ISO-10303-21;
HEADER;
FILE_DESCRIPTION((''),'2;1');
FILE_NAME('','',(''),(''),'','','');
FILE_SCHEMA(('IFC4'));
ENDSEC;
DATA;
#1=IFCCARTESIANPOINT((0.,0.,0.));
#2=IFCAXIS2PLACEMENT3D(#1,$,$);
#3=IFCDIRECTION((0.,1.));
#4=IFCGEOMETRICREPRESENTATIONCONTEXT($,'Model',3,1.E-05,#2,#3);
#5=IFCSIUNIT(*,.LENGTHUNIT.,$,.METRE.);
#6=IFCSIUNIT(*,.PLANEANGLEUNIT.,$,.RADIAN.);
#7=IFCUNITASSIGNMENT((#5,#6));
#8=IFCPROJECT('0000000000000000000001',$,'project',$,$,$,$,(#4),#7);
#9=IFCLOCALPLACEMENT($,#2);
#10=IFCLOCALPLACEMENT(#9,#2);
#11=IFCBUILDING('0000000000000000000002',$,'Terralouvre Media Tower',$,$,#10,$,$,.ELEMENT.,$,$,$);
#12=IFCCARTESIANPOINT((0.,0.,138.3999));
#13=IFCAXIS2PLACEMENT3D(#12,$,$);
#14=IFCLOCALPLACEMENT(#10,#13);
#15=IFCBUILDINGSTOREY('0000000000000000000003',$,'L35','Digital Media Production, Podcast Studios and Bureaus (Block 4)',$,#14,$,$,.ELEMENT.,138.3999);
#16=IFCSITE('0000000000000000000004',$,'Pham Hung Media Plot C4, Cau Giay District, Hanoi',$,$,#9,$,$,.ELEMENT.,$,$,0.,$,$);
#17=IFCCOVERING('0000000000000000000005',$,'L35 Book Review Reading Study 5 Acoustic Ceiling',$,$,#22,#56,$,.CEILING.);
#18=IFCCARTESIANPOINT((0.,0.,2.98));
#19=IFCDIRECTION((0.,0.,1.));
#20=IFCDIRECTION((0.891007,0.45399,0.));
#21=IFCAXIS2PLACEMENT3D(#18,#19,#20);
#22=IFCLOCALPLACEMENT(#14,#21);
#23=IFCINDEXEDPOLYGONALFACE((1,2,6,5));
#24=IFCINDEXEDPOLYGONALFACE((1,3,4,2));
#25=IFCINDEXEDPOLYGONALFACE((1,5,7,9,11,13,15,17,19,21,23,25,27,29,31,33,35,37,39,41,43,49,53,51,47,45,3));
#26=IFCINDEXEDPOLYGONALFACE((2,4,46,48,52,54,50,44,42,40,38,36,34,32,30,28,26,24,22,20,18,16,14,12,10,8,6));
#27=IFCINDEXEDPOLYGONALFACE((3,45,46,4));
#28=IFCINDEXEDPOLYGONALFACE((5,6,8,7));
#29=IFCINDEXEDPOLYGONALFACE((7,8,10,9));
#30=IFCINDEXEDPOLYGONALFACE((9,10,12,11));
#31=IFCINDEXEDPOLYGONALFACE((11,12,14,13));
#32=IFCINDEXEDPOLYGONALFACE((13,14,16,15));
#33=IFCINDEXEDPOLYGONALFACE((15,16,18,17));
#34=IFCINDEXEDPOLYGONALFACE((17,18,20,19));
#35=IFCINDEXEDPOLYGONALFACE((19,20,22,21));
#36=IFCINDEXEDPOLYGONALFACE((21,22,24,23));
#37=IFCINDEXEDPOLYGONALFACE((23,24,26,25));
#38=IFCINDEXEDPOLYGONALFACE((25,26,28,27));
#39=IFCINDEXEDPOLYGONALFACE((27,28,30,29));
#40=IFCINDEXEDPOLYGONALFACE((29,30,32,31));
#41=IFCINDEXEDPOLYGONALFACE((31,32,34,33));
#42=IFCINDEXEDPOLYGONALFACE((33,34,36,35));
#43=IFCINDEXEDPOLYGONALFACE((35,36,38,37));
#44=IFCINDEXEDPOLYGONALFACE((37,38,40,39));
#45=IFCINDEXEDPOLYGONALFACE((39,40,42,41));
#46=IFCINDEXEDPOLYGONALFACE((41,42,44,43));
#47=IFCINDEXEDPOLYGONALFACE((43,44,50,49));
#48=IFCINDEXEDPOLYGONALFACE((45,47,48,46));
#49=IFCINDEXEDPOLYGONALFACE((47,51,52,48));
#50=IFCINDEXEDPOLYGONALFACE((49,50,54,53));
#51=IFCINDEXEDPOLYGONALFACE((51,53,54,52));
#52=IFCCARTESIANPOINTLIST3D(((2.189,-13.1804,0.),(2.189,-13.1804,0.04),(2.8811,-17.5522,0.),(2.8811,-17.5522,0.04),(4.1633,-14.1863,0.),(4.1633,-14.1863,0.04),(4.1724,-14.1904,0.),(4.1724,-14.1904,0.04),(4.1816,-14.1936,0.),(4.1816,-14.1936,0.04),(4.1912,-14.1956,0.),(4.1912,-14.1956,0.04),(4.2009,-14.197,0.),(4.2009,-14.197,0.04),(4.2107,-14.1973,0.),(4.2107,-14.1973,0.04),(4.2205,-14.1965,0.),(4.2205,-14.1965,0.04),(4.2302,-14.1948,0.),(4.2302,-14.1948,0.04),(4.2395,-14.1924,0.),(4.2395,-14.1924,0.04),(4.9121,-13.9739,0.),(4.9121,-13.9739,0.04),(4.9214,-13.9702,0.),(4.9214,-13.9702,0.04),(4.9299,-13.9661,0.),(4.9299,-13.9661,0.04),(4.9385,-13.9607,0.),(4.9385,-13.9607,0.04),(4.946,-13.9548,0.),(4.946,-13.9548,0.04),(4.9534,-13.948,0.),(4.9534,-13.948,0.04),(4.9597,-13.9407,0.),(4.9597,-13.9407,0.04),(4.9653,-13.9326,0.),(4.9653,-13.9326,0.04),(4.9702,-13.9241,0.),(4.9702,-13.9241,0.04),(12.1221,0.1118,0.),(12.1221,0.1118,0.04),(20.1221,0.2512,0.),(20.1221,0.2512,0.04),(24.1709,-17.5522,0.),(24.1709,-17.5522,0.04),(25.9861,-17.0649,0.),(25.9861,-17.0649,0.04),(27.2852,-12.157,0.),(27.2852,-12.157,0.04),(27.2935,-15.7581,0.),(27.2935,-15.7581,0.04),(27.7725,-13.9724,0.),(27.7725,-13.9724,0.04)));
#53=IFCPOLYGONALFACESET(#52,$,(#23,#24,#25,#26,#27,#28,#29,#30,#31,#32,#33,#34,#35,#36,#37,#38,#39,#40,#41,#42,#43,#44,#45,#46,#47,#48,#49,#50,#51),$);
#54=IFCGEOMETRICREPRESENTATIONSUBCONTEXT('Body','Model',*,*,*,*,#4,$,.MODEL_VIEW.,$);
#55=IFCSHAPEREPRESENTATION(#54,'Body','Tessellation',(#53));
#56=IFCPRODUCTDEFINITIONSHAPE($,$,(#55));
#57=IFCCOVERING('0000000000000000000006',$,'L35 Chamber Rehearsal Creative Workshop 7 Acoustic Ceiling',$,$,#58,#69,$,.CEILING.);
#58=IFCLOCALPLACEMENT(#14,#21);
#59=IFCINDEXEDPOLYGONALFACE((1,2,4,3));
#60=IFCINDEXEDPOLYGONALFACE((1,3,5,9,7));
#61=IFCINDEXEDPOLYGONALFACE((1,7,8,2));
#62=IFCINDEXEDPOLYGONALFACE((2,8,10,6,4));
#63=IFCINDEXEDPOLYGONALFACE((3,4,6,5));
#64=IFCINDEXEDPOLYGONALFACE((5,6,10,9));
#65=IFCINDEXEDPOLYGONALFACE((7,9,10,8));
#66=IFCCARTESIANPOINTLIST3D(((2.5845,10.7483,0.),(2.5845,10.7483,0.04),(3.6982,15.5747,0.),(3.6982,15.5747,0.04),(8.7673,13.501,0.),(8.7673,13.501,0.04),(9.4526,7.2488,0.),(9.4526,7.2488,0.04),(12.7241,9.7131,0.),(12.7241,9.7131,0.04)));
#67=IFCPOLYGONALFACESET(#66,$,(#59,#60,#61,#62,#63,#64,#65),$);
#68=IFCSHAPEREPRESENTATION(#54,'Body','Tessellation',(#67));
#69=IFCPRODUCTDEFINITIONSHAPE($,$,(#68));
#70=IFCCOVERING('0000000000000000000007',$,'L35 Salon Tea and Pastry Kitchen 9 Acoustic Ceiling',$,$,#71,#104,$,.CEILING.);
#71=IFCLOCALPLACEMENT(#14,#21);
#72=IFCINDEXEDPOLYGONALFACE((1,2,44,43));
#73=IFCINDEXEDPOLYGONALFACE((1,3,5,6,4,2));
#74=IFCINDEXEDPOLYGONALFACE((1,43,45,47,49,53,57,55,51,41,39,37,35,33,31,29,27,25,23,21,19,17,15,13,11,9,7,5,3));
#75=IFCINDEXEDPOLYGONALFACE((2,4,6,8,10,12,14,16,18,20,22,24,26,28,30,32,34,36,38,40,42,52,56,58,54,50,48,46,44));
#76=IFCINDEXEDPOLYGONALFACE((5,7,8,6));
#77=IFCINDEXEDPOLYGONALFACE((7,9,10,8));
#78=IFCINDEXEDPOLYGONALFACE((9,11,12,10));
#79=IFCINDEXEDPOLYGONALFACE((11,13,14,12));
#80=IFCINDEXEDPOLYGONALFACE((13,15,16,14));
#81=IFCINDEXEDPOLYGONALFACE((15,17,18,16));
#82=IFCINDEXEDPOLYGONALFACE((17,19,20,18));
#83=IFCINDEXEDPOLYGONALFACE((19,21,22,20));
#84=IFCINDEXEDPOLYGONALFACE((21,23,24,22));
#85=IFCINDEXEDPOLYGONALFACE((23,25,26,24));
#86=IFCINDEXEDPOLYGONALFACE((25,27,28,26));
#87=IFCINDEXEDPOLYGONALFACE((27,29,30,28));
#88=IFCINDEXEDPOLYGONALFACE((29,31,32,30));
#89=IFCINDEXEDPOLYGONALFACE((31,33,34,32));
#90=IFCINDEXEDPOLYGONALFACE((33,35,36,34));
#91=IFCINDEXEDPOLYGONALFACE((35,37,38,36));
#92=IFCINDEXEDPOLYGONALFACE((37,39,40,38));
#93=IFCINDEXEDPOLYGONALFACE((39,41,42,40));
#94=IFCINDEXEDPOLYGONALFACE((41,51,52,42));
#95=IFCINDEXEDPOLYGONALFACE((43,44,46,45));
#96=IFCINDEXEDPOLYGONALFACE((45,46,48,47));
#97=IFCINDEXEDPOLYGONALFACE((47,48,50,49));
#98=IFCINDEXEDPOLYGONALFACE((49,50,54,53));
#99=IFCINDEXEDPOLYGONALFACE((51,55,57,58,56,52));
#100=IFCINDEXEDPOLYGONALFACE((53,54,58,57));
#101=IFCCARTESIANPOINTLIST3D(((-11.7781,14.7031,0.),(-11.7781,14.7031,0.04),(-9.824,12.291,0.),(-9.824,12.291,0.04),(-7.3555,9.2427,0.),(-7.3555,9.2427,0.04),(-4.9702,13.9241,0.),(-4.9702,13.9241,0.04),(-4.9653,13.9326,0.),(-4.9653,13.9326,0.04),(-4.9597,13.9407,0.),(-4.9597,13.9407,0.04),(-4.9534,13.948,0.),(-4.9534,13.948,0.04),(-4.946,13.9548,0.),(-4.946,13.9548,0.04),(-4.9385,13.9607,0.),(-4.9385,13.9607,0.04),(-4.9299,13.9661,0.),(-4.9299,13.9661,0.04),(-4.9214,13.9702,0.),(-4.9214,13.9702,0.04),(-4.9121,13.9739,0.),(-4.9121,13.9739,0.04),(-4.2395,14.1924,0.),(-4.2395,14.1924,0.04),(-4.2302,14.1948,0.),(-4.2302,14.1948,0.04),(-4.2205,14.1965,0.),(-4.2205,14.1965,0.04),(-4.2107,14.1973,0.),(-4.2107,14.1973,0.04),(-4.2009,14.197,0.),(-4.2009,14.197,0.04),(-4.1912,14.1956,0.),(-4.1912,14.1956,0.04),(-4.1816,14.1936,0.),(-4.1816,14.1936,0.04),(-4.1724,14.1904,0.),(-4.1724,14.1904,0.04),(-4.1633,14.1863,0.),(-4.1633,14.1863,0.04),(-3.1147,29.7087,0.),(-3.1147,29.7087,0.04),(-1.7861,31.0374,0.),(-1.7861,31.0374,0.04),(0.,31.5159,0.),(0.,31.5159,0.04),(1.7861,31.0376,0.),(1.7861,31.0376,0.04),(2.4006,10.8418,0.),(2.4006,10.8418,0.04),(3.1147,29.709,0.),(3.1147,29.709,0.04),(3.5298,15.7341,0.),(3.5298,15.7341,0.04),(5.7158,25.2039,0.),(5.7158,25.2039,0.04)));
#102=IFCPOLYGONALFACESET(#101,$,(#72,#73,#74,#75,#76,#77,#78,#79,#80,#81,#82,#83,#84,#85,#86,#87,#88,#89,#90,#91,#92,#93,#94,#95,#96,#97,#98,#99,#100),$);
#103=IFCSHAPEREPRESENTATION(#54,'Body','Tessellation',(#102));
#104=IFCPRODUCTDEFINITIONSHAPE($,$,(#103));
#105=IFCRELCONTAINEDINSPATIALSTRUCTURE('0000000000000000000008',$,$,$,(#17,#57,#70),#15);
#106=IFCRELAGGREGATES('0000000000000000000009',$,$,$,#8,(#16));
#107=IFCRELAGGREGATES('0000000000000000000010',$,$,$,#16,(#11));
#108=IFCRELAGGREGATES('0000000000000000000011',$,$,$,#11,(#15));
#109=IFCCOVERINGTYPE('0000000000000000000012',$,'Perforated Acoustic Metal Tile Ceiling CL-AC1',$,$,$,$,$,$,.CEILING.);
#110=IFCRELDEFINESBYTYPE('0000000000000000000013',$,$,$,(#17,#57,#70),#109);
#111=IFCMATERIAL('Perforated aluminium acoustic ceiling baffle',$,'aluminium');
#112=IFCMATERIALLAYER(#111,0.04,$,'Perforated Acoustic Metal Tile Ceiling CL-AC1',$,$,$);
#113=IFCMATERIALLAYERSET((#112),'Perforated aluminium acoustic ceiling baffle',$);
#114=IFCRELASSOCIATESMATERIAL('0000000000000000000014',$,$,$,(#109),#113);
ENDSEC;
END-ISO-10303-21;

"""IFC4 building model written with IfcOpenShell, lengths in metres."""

from ifc_helpers import new_model, si_unit, direction, frame, origin, place, context, subcontext, project, spatial, polyline, outline, extrude, material, layer, layer_set, type_object, element, save


model = new_model("IFC4")

# Units and contexts
model_context = context("Model", 3, precision=1e-05, world=origin(), true_north=direction((0.0, 1.0)))
body_context = subcontext(model_context, "Body", "Model", "MODEL_VIEW")
ifc_project = project(units=[si_unit("LENGTHUNIT", "METRE"), si_unit("PLANEANGLEUNIT", "RADIAN")], contexts=[model_context])

# Site, building, storey
site_placement = place(None, origin())
site = spatial("IfcSite", under=ifc_project, at=site_placement, Name="Pham Hung Media Plot C4, Cau Giay District, Hanoi", CompositionType="ELEMENT", RefElevation=0.0)
building_placement = place(site_placement, origin())
building = spatial("IfcBuilding", under=site, at=building_placement, Name="Terralouvre Media Tower", CompositionType="ELEMENT")
storey_placement = place(building_placement, frame((0.0, 0.0, 138.3999)))
storey = spatial("IfcBuildingStorey", under=building, at=storey_placement, Name="L35", Description="Digital Media Production, Podcast Studios and Bureaus (Block 4)", CompositionType="ELEMENT", Elevation=138.3999)

# Coverings
ifc_material_1 = material(Name="Perforated aluminium acoustic ceiling baffle", Category="aluminium")
ifc_layer_1 = layer(ifc_material_1, 0.04, Name="Perforated Acoustic Metal Tile Ceiling CL-AC1")
ifc_layer_set_1 = layer_set([ifc_layer_1], Name="Perforated aluminium acoustic ceiling baffle")
covering_type_1 = type_object("IfcCoveringType", Name="Perforated Acoustic Metal Tile Ceiling CL-AC1", PredefinedType="CEILING", material=ifc_layer_set_1)
covering_1_placement = place(storey_placement, frame((0.0, 0.0, 2.98), z_axis=(0.0, 0.0, 1.0), x_axis=(0.891007, 0.45399, 0.0)))
element("IfcCovering", 1, at=covering_1_placement, inside=storey, type_object=covering_type_1, Name="L35 Book Review Reading Study 5 Acoustic Ceiling", PredefinedType="CEILING", context=body_context, shape_type="SweptSolid", body=[
    extrude(outline(polyline([(4.9702, -13.9241), (4.9653, -13.9326), (4.9597, -13.9407), (4.9534, -13.948), (4.946, -13.9548), (4.9385, -13.9607), (4.9299, -13.9661), (4.9214, -13.9702), (4.9121, -13.9739), (4.2395, -14.1924), (4.2302, -14.1948), (4.2205, -14.1965), (4.2107, -14.1973), (4.2009, -14.197), (4.1912, -14.1956), (4.1816, -14.1936), (4.1724, -14.1904), (4.1633, -14.1863), (2.189, -13.1804), (2.8811, -17.5522), (24.1709, -17.5522), (25.9861, -17.0649), (27.2935, -15.7581), (27.7725, -13.9724), (27.2852, -12.157), (20.1221, 0.2512), (12.1221, 0.1118), (4.9702, -13.9241)])), origin(), (0.0, 0.0, 1.0), 0.04),
])
covering_2_placement = place(storey_placement, frame((0.0, 0.0, 2.98), z_axis=(0.0, 0.0, 1.0), x_axis=(0.891007, 0.45399, 0.0)))
element("IfcCovering", 2, at=covering_2_placement, inside=storey, type_object=covering_type_1, Name="L35 Chamber Rehearsal Creative Workshop 7 Acoustic Ceiling", PredefinedType="CEILING", context=body_context, shape_type="SweptSolid", body=[
    extrude(outline(polyline([(8.7673, 13.501), (3.6982, 15.5747), (2.5845, 10.7483), (9.4526, 7.2488), (12.7241, 9.7131), (8.7673, 13.501)])), origin(), (0.0, 0.0, 1.0), 0.04),
])
covering_3_placement = place(storey_placement, frame((0.0, 0.0, 2.98), z_axis=(0.0, 0.0, 1.0), x_axis=(0.891007, 0.45399, 0.0)))
element("IfcCovering", 3, at=covering_3_placement, inside=storey, type_object=covering_type_1, Name="L35 Salon Tea and Pastry Kitchen 9 Acoustic Ceiling", PredefinedType="CEILING", context=body_context, shape_type="SweptSolid", body=[
    extrude(outline(polyline([(-9.824, 12.291), (-7.3555, 9.2427), (-4.9702, 13.9241), (-4.9653, 13.9326), (-4.9597, 13.9407), (-4.9534, 13.948), (-4.946, 13.9548), (-4.9385, 13.9607), (-4.9299, 13.9661), (-4.9214, 13.9702), (-4.9121, 13.9739), (-4.2395, 14.1924), (-4.2302, 14.1948), (-4.2205, 14.1965), (-4.2107, 14.1973), (-4.2009, 14.197), (-4.1912, 14.1956), (-4.1816, 14.1936), (-4.1724, 14.1904), (-4.1633, 14.1863), (2.4006, 10.8418), (3.5298, 15.7341), (5.7158, 25.2039), (3.1147, 29.709), (1.7861, 31.0376), (0.0, 31.5159), (-1.7861, 31.0374), (-3.1147, 29.7087), (-11.7781, 14.7031), (-9.824, 12.291)])), origin(), (0.0, 0.0, 1.0), 0.04),
])

save(model, "model.ifc")
